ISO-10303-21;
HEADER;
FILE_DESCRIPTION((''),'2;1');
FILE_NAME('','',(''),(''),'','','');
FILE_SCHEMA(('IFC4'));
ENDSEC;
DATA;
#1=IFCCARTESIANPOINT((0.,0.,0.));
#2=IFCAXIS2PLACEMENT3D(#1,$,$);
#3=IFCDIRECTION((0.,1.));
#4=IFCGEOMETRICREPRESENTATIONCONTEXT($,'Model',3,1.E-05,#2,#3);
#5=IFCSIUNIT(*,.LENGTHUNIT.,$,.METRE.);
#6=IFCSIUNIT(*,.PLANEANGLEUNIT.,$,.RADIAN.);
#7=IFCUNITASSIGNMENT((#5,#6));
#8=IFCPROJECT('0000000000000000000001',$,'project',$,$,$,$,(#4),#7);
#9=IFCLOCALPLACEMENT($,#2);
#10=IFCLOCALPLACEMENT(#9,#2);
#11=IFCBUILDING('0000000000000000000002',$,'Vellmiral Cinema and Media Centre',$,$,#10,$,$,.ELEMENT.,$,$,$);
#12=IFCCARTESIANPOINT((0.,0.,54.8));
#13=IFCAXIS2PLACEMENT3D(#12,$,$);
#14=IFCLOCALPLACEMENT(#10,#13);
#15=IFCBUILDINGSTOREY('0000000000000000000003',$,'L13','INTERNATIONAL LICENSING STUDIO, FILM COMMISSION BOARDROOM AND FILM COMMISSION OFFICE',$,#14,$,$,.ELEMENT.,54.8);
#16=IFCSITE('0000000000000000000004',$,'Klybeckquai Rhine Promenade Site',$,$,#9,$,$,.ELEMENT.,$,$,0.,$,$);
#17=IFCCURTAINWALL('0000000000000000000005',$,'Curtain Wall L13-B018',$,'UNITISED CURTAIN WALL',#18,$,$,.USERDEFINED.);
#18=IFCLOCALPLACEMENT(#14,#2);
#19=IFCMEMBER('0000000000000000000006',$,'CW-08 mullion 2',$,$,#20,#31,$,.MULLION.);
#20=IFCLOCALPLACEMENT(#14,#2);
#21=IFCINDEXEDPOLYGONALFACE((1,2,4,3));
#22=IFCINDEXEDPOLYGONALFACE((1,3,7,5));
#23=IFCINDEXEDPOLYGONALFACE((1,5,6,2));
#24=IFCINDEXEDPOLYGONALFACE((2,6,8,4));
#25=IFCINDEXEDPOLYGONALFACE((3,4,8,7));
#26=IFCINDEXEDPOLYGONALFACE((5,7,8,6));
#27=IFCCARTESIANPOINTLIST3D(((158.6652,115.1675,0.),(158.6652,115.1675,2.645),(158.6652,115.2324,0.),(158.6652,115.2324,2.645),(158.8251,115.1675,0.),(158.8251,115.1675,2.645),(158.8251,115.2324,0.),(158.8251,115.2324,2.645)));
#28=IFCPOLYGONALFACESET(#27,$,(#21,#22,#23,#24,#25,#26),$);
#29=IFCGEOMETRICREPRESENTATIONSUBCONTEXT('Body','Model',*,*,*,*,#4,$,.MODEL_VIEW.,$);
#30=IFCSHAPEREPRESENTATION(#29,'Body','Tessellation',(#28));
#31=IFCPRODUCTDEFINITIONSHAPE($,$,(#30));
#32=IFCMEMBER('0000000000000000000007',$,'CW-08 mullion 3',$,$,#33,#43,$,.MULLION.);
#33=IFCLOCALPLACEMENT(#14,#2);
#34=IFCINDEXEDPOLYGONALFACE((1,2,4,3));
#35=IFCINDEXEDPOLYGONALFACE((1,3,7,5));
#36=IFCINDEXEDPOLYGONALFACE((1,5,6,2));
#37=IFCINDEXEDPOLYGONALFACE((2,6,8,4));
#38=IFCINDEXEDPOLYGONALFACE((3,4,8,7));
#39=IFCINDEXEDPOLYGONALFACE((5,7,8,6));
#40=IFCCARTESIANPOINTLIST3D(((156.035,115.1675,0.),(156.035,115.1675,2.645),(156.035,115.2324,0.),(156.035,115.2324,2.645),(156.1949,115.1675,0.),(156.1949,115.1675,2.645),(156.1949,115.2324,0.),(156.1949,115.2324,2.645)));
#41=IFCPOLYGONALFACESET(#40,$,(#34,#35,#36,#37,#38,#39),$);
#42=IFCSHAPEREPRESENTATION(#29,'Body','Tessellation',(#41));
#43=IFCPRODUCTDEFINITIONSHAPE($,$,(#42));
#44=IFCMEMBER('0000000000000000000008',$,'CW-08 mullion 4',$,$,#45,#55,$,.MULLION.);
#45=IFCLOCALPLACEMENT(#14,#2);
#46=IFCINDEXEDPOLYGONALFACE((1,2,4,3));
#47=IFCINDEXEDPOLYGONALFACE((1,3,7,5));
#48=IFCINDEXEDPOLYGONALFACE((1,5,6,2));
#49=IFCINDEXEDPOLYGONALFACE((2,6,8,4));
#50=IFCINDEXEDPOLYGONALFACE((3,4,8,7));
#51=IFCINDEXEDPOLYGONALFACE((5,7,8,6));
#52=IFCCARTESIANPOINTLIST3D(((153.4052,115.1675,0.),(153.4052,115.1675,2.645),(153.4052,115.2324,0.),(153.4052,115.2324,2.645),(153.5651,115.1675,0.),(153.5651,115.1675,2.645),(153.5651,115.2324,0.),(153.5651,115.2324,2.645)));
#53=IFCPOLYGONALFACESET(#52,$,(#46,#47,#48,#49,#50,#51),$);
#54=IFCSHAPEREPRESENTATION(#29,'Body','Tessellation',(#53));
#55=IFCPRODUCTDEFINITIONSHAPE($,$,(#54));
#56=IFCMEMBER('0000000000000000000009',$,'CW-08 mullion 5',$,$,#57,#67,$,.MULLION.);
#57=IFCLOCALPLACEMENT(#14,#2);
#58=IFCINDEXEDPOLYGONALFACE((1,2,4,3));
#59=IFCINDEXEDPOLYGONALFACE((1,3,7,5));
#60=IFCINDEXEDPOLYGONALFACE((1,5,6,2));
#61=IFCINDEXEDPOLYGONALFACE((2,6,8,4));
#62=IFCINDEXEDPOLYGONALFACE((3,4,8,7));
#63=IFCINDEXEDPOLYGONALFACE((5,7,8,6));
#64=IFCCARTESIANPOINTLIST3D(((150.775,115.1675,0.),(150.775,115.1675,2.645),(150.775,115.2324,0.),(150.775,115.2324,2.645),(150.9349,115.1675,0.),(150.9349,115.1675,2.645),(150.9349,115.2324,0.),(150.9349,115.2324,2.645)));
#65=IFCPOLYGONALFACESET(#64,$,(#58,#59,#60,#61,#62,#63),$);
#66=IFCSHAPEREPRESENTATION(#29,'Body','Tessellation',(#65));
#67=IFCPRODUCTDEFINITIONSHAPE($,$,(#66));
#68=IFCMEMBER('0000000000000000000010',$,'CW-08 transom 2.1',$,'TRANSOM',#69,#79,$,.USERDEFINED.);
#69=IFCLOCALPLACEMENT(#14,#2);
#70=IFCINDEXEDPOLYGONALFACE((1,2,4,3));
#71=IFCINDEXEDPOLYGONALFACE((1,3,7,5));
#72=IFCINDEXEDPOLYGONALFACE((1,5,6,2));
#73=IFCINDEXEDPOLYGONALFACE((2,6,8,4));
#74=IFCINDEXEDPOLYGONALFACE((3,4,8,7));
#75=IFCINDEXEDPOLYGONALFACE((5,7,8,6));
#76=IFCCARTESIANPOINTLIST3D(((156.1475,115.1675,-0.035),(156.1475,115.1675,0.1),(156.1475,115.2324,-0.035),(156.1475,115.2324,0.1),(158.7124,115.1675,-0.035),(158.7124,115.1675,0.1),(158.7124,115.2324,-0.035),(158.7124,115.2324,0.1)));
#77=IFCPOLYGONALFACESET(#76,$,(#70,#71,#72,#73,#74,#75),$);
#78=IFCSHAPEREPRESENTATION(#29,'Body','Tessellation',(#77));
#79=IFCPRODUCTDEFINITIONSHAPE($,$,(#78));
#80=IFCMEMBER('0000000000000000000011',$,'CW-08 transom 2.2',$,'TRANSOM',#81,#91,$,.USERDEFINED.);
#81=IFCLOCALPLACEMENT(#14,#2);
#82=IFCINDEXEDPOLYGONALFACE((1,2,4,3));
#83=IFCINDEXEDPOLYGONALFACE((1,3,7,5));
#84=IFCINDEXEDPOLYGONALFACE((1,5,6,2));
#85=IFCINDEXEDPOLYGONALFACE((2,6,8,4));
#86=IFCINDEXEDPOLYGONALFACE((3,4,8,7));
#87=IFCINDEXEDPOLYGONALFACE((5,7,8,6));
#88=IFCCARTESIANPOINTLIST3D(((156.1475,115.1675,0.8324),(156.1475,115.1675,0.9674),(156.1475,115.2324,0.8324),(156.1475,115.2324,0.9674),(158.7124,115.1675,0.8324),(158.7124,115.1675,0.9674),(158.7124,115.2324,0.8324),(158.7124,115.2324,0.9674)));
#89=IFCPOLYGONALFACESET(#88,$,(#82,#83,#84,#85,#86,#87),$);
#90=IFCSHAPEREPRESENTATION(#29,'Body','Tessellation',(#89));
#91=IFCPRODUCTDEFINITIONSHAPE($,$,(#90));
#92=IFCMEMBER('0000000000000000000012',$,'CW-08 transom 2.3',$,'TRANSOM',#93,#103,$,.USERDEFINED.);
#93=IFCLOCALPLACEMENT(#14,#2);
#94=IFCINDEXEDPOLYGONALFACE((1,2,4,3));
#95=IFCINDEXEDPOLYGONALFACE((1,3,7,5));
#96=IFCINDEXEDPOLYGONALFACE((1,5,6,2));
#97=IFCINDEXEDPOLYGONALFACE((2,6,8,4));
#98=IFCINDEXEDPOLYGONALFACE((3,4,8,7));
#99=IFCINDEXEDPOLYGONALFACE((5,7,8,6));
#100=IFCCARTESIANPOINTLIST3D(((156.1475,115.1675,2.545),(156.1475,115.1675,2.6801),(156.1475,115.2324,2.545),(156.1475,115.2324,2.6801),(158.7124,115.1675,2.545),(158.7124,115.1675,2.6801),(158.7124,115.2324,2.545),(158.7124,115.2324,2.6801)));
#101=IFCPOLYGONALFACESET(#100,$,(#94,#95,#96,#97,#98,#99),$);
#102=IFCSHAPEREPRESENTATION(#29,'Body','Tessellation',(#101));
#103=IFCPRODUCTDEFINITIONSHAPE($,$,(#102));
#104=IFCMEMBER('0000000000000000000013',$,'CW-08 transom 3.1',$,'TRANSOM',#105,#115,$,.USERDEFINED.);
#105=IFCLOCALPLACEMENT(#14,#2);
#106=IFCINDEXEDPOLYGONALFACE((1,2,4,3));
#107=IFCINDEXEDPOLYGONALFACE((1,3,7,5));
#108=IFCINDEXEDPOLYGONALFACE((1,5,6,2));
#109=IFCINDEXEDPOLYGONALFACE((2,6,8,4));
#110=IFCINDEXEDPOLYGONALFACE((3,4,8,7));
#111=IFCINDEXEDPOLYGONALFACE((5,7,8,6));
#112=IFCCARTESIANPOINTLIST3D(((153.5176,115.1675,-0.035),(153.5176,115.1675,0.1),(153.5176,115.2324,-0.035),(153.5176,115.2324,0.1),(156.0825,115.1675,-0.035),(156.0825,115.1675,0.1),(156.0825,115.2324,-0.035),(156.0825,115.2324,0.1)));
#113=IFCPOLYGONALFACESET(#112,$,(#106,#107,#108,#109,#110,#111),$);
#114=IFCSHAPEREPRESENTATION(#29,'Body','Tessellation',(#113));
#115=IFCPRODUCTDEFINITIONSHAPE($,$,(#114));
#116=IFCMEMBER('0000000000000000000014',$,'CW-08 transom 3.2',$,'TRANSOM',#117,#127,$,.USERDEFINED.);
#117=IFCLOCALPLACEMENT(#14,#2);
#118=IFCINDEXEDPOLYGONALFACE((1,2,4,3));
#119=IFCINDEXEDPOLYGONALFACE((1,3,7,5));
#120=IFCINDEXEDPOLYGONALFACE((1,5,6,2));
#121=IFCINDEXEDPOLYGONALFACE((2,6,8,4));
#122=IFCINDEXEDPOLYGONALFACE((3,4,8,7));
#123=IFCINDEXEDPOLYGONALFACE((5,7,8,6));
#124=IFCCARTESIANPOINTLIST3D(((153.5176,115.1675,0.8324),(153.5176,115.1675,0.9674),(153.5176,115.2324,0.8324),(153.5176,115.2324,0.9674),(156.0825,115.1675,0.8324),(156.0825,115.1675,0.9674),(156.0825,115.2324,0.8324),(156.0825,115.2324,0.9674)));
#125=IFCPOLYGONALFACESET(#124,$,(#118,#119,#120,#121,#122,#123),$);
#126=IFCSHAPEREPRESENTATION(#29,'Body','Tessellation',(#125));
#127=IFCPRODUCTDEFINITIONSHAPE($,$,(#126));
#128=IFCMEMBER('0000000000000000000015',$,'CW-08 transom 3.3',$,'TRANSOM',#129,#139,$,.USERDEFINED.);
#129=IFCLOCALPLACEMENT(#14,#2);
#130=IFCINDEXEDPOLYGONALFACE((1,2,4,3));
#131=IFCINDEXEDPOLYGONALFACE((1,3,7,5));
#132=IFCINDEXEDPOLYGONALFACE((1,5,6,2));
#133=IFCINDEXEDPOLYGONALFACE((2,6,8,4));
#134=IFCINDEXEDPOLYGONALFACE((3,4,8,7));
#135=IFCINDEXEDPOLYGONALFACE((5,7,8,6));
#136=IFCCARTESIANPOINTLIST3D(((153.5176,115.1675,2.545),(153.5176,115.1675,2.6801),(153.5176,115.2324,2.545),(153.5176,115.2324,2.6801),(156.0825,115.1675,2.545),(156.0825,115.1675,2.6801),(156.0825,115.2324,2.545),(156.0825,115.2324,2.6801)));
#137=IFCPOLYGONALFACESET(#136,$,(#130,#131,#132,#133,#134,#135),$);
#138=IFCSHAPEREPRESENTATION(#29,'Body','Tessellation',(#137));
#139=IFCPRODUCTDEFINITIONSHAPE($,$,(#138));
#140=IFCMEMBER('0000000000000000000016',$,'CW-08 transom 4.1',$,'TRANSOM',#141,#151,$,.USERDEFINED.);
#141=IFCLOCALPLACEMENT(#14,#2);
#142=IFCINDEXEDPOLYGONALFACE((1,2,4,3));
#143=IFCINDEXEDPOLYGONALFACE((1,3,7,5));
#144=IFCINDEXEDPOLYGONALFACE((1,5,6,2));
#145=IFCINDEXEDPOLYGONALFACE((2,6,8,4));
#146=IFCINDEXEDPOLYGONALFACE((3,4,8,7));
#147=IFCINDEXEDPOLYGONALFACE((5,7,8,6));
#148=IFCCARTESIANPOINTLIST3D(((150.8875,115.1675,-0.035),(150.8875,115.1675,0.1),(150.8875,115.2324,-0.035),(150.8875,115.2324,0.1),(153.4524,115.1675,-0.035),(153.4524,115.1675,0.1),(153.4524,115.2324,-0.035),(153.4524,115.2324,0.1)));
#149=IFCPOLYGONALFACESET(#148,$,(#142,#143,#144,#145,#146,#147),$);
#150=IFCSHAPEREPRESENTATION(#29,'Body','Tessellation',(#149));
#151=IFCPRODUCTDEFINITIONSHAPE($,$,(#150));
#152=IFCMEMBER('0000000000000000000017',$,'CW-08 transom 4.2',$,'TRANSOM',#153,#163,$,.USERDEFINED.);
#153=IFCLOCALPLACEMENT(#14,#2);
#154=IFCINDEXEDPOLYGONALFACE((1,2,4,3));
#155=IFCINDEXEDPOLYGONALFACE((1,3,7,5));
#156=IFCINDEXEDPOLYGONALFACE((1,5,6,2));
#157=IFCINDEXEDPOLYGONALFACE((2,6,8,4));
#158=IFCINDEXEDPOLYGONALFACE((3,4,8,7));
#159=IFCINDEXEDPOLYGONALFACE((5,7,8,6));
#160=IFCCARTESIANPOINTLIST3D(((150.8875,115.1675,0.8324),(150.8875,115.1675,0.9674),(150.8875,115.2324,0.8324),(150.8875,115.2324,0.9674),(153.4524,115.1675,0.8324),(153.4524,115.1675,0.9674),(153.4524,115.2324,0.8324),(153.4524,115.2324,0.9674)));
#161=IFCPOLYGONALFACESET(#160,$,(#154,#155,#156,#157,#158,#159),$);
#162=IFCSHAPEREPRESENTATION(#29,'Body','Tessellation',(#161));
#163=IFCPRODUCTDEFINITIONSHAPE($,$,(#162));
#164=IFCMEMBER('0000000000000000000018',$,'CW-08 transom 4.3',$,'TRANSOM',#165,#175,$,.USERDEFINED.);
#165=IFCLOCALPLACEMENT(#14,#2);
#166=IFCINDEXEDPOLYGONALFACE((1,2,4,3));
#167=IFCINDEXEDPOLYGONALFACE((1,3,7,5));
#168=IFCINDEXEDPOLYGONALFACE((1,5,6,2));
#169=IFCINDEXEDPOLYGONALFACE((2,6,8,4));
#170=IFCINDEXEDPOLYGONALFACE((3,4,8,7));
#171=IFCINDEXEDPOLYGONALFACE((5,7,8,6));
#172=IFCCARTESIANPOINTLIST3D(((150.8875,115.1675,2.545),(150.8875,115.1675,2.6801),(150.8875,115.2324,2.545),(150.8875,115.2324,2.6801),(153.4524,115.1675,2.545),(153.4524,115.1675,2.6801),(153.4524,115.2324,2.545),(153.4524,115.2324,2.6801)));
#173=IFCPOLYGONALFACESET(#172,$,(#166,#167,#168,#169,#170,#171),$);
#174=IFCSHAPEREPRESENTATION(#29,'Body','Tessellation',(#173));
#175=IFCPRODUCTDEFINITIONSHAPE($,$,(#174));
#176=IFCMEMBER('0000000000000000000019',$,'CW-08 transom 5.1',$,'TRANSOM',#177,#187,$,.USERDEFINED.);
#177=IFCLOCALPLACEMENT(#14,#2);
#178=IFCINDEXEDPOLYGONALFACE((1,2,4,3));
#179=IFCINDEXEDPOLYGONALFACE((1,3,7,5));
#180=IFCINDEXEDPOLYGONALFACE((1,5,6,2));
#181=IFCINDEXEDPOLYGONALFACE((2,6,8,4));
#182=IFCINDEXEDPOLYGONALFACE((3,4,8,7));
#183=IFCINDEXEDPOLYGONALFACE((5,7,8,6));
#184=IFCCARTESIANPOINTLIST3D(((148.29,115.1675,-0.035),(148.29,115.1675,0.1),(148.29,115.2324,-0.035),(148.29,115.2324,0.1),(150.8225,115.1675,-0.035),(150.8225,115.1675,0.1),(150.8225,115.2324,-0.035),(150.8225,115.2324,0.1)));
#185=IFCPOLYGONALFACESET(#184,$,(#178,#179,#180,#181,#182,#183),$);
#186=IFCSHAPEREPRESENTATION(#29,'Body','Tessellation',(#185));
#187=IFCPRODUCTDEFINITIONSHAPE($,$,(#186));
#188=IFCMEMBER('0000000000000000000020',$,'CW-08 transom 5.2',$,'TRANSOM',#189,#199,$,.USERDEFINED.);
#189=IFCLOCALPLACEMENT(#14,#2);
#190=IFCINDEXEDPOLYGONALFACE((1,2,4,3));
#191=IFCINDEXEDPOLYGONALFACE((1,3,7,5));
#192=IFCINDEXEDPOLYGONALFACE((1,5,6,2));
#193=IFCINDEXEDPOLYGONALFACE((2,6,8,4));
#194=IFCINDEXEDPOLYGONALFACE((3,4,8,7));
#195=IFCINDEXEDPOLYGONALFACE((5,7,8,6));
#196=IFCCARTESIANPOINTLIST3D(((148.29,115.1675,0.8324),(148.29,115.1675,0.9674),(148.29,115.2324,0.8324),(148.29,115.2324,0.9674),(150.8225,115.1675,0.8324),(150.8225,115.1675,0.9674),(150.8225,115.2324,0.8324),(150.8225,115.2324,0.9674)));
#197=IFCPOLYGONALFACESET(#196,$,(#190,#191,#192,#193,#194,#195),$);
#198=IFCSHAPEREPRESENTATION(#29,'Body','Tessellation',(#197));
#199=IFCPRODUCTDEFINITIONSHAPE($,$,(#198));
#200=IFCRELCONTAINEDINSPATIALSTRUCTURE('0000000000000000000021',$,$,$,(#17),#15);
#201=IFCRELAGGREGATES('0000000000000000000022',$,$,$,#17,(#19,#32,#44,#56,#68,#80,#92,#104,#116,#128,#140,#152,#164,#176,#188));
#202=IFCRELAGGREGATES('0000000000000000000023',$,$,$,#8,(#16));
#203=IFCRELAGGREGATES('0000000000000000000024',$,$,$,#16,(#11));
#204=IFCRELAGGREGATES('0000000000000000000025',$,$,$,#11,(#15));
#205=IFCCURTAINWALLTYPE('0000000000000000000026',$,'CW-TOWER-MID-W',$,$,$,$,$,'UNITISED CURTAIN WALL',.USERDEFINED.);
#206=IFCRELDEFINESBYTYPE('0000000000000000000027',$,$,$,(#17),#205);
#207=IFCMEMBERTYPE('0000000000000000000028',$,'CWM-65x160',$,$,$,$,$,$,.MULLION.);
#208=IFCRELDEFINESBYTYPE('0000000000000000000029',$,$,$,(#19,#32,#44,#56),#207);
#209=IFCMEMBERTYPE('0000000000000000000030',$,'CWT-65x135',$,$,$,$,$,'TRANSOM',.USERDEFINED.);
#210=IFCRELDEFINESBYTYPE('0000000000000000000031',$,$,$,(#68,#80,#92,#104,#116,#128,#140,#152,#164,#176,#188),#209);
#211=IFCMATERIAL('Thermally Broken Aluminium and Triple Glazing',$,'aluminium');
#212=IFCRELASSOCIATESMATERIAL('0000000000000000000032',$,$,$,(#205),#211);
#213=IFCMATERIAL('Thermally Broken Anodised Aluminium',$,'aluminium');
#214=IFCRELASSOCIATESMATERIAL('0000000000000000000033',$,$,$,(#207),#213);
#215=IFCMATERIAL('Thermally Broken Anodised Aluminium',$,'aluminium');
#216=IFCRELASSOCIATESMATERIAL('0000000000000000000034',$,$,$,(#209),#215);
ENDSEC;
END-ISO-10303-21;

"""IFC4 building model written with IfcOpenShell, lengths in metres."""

from ifc_helpers import new_model, si_unit, direction, frame, origin, origin_2d, place, context, subcontext, project, spatial, rectangle, extrude, material, material_profile, profile_set, type_object, element, aggregate, save


model = new_model("IFC4")

# Units and contexts
model_context = context("Model", 3, precision=1e-05, world=origin(), true_north=direction((0.0, 1.0)))
body_context = subcontext(model_context, "Body", "Model", "MODEL_VIEW")
ifc_project = project(units=[si_unit("LENGTHUNIT", "METRE"), si_unit("PLANEANGLEUNIT", "RADIAN")], contexts=[model_context])

# Site, building, storey
site_placement = place(None, origin())
site = spatial("IfcSite", under=ifc_project, at=site_placement, Name="Klybeckquai Rhine Promenade Site", CompositionType="ELEMENT", RefElevation=0.0)
building_placement = place(site_placement, origin())
building = spatial("IfcBuilding", under=site, at=building_placement, Name="Vellmiral Cinema and Media Centre", CompositionType="ELEMENT")
storey_placement = place(building_placement, frame((0.0, 0.0, 54.8)))
storey = spatial("IfcBuildingStorey", under=building, at=storey_placement, Name="L13", Description="INTERNATIONAL LICENSING STUDIO, FILM COMMISSION BOARDROOM AND FILM COMMISSION OFFICE", CompositionType="ELEMENT", Elevation=54.8)

# Curtain wall, members
ifc_material_1 = material(Name="Thermally Broken Aluminium and Triple Glazing", Category="aluminium")
curtain_wall_type = type_object("IfcCurtainWallType", Name="CW-TOWER-MID-W", ElementType="UNITISED CURTAIN WALL", PredefinedType="USERDEFINED", material=ifc_material_1)
curtain_wall_placement = place(storey_placement, origin())
curtain_wall = element("IfcCurtainWall", 1, at=curtain_wall_placement, inside=storey, type_object=curtain_wall_type, Name="Curtain Wall L13-B018", ObjectType="UNITISED CURTAIN WALL", PredefinedType="USERDEFINED")
ifc_material_2 = material(Name="Thermally Broken Anodised Aluminium", Category="aluminium")
ifc_material_profile_1 = material_profile(ifc_material_2, rectangle(XDim=0.0649, YDim=0.1599, at=origin_2d()), Name="MULL 65x160")
ifc_profile_set_1 = profile_set([ifc_material_profile_1], Name="Thermally Broken Anodised Aluminium")
member_type_1 = type_object("IfcMemberType", Name="CWM-65x160", PredefinedType="MULLION", material=ifc_profile_set_1)
member_1_placement = place(storey_placement, frame((158.7451, 115.2, 0.0), z_axis=(0.0, 0.0, 1.0), x_axis=(0.0, -1.0, 0.0)))
member_1 = element("IfcMember", 2, at=member_1_placement, type_object=member_type_1, Name="CW-08 mullion 2", PredefinedType="MULLION", context=body_context, shape_type="SweptSolid", body=[
    extrude(rectangle(XDim=0.0649, YDim=0.1599, at=origin_2d()), origin(), (0.0, 0.0, 1.0), 2.645),
])
member_2_placement = place(storey_placement, frame((156.115, 115.2, 0.0), z_axis=(0.0, 0.0, 1.0), x_axis=(0.0, -1.0, 0.0)))
member_2 = element("IfcMember", 3, at=member_2_placement, type_object=member_type_1, Name="CW-08 mullion 3", PredefinedType="MULLION", context=body_context, shape_type="SweptSolid", body=[
    extrude(rectangle(XDim=0.0649, YDim=0.1599, at=origin_2d()), origin(), (0.0, 0.0, 1.0), 2.645),
])
member_3_placement = place(storey_placement, frame((153.4851, 115.2, 0.0), z_axis=(0.0, 0.0, 1.0), x_axis=(0.0, -1.0, 0.0)))
member_3 = element("IfcMember", 4, at=member_3_placement, type_object=member_type_1, Name="CW-08 mullion 4", PredefinedType="MULLION", context=body_context, shape_type="SweptSolid", body=[
    extrude(rectangle(XDim=0.0649, YDim=0.1599, at=origin_2d()), origin(), (0.0, 0.0, 1.0), 2.645),
])
member_4_placement = place(storey_placement, frame((150.855, 115.2, 0.0), z_axis=(0.0, 0.0, 1.0), x_axis=(0.0, -1.0, 0.0)))
member_4 = element("IfcMember", 5, at=member_4_placement, type_object=member_type_1, Name="CW-08 mullion 5", PredefinedType="MULLION", context=body_context, shape_type="SweptSolid", body=[
    extrude(rectangle(XDim=0.0649, YDim=0.1599, at=origin_2d()), origin(), (0.0, 0.0, 1.0), 2.645),
])
ifc_material_3 = material(Name="Thermally Broken Anodised Aluminium", Category="aluminium")
ifc_material_profile_2 = material_profile(ifc_material_3, rectangle(XDim=0.0649, YDim=0.135, at=origin_2d()), Name="MULL 65x135")
ifc_profile_set_2 = profile_set([ifc_material_profile_2], Name="Thermally Broken Anodised Aluminium")
member_type_2 = type_object("IfcMemberType", Name="CWT-65x135", ElementType="TRANSOM", PredefinedType="USERDEFINED", material=ifc_profile_set_2)
member_5_placement = place(storey_placement, frame((158.7124, 115.2, 0.0325), z_axis=(-1.0, 0.0, 0.0), x_axis=(0.0, -1.0, 0.0)))
member_5 = element("IfcMember", 6, at=member_5_placement, type_object=member_type_2, Name="CW-08 transom 2.1", ObjectType="TRANSOM", PredefinedType="USERDEFINED", context=body_context, shape_type="SweptSolid", body=[
    extrude(rectangle(XDim=0.0649, YDim=0.135, at=origin_2d()), origin(), (0.0, 0.0, 1.0), 2.5649),
])
member_6_placement = place(storey_placement, frame((158.7124, 115.2, 0.8999), z_axis=(-1.0, 0.0, 0.0), x_axis=(0.0, -1.0, 0.0)))
member_6 = element("IfcMember", 7, at=member_6_placement, type_object=member_type_2, Name="CW-08 transom 2.2", ObjectType="TRANSOM", PredefinedType="USERDEFINED", context=body_context, shape_type="SweptSolid", body=[
    extrude(rectangle(XDim=0.0649, YDim=0.135, at=origin_2d()), origin(), (0.0, 0.0, 1.0), 2.5649),
])
member_7_placement = place(storey_placement, frame((158.7124, 115.2, 2.6125), z_axis=(-1.0, 0.0, 0.0), x_axis=(0.0, -1.0, 0.0)))
member_7 = element("IfcMember", 8, at=member_7_placement, type_object=member_type_2, Name="CW-08 transom 2.3", ObjectType="TRANSOM", PredefinedType="USERDEFINED", context=body_context, shape_type="SweptSolid", body=[
    extrude(rectangle(XDim=0.0649, YDim=0.135, at=origin_2d()), origin(), (0.0, 0.0, 1.0), 2.5649),
])
member_8_placement = place(storey_placement, frame((156.0825, 115.2, 0.0325), z_axis=(-1.0, 0.0, 0.0), x_axis=(0.0, -1.0, 0.0)))
member_8 = element("IfcMember", 9, at=member_8_placement, type_object=member_type_2, Name="CW-08 transom 3.1", ObjectType="TRANSOM", PredefinedType="USERDEFINED", context=body_context, shape_type="SweptSolid", body=[
    extrude(rectangle(XDim=0.0649, YDim=0.135, at=origin_2d()), origin(), (0.0, 0.0, 1.0), 2.5649),
])
member_9_placement = place(storey_placement, frame((156.0825, 115.2, 0.8999), z_axis=(-1.0, 0.0, 0.0), x_axis=(0.0, -1.0, 0.0)))
member_9 = element("IfcMember", 10, at=member_9_placement, type_object=member_type_2, Name="CW-08 transom 3.2", ObjectType="TRANSOM", PredefinedType="USERDEFINED", context=body_context, shape_type="SweptSolid", body=[
    extrude(rectangle(XDim=0.0649, YDim=0.135, at=origin_2d()), origin(), (0.0, 0.0, 1.0), 2.5649),
])
member_10_placement = place(storey_placement, frame((156.0825, 115.2, 2.6125), z_axis=(-1.0, 0.0, 0.0), x_axis=(0.0, -1.0, 0.0)))
member_10 = element("IfcMember", 11, at=member_10_placement, type_object=member_type_2, Name="CW-08 transom 3.3", ObjectType="TRANSOM", PredefinedType="USERDEFINED", context=body_context, shape_type="SweptSolid", body=[
    extrude(rectangle(XDim=0.0649, YDim=0.135, at=origin_2d()), origin(), (0.0, 0.0, 1.0), 2.5649),
])
member_11_placement = place(storey_placement, frame((153.4524, 115.2, 0.0325), z_axis=(-1.0, 0.0, 0.0), x_axis=(0.0, -1.0, 0.0)))
member_11 = element("IfcMember", 12, at=member_11_placement, type_object=member_type_2, Name="CW-08 transom 4.1", ObjectType="TRANSOM", PredefinedType="USERDEFINED", context=body_context, shape_type="SweptSolid", body=[
    extrude(rectangle(XDim=0.0649, YDim=0.135, at=origin_2d()), origin(), (0.0, 0.0, 1.0), 2.5649),
])
member_12_placement = place(storey_placement, frame((153.4524, 115.2, 0.8999), z_axis=(-1.0, 0.0, 0.0), x_axis=(0.0, -1.0, 0.0)))
member_12 = element("IfcMember", 13, at=member_12_placement, type_object=member_type_2, Name="CW-08 transom 4.2", ObjectType="TRANSOM", PredefinedType="USERDEFINED", context=body_context, shape_type="SweptSolid", body=[
    extrude(rectangle(XDim=0.0649, YDim=0.135, at=origin_2d()), origin(), (0.0, 0.0, 1.0), 2.5649),
])
member_13_placement = place(storey_placement, frame((153.4524, 115.2, 2.6125), z_axis=(-1.0, 0.0, 0.0), x_axis=(0.0, -1.0, 0.0)))
member_13 = element("IfcMember", 14, at=member_13_placement, type_object=member_type_2, Name="CW-08 transom 4.3", ObjectType="TRANSOM", PredefinedType="USERDEFINED", context=body_context, shape_type="SweptSolid", body=[
    extrude(rectangle(XDim=0.0649, YDim=0.135, at=origin_2d()), origin(), (0.0, 0.0, 1.0), 2.5649),
])
member_14_placement = place(storey_placement, frame((150.8225, 115.2, 0.0325), z_axis=(-1.0, 0.0, 0.0), x_axis=(0.0, -1.0, 0.0)))
member_14 = element("IfcMember", 15, at=member_14_placement, type_object=member_type_2, Name="CW-08 transom 5.1", ObjectType="TRANSOM", PredefinedType="USERDEFINED", context=body_context, shape_type="SweptSolid", body=[
    extrude(rectangle(XDim=0.0649, YDim=0.135, at=origin_2d()), origin(), (0.0, 0.0, 1.0), 2.5325),
])
member_15_placement = place(storey_placement, frame((150.8225, 115.2, 0.8999), z_axis=(-1.0, 0.0, 0.0), x_axis=(0.0, -1.0, 0.0)))
member_15 = element("IfcMember", 16, at=member_15_placement, type_object=member_type_2, Name="CW-08 transom 5.2", ObjectType="TRANSOM", PredefinedType="USERDEFINED", context=body_context, shape_type="SweptSolid", body=[
    extrude(rectangle(XDim=0.0649, YDim=0.135, at=origin_2d()), origin(), (0.0, 0.0, 1.0), 2.5325),
])
aggregate(curtain_wall, [member_1, member_2, member_3, member_4, member_5, member_6, member_7, member_8, member_9, member_10, member_11, member_12, member_13, member_14, member_15])

save(model, "model.ifc")
